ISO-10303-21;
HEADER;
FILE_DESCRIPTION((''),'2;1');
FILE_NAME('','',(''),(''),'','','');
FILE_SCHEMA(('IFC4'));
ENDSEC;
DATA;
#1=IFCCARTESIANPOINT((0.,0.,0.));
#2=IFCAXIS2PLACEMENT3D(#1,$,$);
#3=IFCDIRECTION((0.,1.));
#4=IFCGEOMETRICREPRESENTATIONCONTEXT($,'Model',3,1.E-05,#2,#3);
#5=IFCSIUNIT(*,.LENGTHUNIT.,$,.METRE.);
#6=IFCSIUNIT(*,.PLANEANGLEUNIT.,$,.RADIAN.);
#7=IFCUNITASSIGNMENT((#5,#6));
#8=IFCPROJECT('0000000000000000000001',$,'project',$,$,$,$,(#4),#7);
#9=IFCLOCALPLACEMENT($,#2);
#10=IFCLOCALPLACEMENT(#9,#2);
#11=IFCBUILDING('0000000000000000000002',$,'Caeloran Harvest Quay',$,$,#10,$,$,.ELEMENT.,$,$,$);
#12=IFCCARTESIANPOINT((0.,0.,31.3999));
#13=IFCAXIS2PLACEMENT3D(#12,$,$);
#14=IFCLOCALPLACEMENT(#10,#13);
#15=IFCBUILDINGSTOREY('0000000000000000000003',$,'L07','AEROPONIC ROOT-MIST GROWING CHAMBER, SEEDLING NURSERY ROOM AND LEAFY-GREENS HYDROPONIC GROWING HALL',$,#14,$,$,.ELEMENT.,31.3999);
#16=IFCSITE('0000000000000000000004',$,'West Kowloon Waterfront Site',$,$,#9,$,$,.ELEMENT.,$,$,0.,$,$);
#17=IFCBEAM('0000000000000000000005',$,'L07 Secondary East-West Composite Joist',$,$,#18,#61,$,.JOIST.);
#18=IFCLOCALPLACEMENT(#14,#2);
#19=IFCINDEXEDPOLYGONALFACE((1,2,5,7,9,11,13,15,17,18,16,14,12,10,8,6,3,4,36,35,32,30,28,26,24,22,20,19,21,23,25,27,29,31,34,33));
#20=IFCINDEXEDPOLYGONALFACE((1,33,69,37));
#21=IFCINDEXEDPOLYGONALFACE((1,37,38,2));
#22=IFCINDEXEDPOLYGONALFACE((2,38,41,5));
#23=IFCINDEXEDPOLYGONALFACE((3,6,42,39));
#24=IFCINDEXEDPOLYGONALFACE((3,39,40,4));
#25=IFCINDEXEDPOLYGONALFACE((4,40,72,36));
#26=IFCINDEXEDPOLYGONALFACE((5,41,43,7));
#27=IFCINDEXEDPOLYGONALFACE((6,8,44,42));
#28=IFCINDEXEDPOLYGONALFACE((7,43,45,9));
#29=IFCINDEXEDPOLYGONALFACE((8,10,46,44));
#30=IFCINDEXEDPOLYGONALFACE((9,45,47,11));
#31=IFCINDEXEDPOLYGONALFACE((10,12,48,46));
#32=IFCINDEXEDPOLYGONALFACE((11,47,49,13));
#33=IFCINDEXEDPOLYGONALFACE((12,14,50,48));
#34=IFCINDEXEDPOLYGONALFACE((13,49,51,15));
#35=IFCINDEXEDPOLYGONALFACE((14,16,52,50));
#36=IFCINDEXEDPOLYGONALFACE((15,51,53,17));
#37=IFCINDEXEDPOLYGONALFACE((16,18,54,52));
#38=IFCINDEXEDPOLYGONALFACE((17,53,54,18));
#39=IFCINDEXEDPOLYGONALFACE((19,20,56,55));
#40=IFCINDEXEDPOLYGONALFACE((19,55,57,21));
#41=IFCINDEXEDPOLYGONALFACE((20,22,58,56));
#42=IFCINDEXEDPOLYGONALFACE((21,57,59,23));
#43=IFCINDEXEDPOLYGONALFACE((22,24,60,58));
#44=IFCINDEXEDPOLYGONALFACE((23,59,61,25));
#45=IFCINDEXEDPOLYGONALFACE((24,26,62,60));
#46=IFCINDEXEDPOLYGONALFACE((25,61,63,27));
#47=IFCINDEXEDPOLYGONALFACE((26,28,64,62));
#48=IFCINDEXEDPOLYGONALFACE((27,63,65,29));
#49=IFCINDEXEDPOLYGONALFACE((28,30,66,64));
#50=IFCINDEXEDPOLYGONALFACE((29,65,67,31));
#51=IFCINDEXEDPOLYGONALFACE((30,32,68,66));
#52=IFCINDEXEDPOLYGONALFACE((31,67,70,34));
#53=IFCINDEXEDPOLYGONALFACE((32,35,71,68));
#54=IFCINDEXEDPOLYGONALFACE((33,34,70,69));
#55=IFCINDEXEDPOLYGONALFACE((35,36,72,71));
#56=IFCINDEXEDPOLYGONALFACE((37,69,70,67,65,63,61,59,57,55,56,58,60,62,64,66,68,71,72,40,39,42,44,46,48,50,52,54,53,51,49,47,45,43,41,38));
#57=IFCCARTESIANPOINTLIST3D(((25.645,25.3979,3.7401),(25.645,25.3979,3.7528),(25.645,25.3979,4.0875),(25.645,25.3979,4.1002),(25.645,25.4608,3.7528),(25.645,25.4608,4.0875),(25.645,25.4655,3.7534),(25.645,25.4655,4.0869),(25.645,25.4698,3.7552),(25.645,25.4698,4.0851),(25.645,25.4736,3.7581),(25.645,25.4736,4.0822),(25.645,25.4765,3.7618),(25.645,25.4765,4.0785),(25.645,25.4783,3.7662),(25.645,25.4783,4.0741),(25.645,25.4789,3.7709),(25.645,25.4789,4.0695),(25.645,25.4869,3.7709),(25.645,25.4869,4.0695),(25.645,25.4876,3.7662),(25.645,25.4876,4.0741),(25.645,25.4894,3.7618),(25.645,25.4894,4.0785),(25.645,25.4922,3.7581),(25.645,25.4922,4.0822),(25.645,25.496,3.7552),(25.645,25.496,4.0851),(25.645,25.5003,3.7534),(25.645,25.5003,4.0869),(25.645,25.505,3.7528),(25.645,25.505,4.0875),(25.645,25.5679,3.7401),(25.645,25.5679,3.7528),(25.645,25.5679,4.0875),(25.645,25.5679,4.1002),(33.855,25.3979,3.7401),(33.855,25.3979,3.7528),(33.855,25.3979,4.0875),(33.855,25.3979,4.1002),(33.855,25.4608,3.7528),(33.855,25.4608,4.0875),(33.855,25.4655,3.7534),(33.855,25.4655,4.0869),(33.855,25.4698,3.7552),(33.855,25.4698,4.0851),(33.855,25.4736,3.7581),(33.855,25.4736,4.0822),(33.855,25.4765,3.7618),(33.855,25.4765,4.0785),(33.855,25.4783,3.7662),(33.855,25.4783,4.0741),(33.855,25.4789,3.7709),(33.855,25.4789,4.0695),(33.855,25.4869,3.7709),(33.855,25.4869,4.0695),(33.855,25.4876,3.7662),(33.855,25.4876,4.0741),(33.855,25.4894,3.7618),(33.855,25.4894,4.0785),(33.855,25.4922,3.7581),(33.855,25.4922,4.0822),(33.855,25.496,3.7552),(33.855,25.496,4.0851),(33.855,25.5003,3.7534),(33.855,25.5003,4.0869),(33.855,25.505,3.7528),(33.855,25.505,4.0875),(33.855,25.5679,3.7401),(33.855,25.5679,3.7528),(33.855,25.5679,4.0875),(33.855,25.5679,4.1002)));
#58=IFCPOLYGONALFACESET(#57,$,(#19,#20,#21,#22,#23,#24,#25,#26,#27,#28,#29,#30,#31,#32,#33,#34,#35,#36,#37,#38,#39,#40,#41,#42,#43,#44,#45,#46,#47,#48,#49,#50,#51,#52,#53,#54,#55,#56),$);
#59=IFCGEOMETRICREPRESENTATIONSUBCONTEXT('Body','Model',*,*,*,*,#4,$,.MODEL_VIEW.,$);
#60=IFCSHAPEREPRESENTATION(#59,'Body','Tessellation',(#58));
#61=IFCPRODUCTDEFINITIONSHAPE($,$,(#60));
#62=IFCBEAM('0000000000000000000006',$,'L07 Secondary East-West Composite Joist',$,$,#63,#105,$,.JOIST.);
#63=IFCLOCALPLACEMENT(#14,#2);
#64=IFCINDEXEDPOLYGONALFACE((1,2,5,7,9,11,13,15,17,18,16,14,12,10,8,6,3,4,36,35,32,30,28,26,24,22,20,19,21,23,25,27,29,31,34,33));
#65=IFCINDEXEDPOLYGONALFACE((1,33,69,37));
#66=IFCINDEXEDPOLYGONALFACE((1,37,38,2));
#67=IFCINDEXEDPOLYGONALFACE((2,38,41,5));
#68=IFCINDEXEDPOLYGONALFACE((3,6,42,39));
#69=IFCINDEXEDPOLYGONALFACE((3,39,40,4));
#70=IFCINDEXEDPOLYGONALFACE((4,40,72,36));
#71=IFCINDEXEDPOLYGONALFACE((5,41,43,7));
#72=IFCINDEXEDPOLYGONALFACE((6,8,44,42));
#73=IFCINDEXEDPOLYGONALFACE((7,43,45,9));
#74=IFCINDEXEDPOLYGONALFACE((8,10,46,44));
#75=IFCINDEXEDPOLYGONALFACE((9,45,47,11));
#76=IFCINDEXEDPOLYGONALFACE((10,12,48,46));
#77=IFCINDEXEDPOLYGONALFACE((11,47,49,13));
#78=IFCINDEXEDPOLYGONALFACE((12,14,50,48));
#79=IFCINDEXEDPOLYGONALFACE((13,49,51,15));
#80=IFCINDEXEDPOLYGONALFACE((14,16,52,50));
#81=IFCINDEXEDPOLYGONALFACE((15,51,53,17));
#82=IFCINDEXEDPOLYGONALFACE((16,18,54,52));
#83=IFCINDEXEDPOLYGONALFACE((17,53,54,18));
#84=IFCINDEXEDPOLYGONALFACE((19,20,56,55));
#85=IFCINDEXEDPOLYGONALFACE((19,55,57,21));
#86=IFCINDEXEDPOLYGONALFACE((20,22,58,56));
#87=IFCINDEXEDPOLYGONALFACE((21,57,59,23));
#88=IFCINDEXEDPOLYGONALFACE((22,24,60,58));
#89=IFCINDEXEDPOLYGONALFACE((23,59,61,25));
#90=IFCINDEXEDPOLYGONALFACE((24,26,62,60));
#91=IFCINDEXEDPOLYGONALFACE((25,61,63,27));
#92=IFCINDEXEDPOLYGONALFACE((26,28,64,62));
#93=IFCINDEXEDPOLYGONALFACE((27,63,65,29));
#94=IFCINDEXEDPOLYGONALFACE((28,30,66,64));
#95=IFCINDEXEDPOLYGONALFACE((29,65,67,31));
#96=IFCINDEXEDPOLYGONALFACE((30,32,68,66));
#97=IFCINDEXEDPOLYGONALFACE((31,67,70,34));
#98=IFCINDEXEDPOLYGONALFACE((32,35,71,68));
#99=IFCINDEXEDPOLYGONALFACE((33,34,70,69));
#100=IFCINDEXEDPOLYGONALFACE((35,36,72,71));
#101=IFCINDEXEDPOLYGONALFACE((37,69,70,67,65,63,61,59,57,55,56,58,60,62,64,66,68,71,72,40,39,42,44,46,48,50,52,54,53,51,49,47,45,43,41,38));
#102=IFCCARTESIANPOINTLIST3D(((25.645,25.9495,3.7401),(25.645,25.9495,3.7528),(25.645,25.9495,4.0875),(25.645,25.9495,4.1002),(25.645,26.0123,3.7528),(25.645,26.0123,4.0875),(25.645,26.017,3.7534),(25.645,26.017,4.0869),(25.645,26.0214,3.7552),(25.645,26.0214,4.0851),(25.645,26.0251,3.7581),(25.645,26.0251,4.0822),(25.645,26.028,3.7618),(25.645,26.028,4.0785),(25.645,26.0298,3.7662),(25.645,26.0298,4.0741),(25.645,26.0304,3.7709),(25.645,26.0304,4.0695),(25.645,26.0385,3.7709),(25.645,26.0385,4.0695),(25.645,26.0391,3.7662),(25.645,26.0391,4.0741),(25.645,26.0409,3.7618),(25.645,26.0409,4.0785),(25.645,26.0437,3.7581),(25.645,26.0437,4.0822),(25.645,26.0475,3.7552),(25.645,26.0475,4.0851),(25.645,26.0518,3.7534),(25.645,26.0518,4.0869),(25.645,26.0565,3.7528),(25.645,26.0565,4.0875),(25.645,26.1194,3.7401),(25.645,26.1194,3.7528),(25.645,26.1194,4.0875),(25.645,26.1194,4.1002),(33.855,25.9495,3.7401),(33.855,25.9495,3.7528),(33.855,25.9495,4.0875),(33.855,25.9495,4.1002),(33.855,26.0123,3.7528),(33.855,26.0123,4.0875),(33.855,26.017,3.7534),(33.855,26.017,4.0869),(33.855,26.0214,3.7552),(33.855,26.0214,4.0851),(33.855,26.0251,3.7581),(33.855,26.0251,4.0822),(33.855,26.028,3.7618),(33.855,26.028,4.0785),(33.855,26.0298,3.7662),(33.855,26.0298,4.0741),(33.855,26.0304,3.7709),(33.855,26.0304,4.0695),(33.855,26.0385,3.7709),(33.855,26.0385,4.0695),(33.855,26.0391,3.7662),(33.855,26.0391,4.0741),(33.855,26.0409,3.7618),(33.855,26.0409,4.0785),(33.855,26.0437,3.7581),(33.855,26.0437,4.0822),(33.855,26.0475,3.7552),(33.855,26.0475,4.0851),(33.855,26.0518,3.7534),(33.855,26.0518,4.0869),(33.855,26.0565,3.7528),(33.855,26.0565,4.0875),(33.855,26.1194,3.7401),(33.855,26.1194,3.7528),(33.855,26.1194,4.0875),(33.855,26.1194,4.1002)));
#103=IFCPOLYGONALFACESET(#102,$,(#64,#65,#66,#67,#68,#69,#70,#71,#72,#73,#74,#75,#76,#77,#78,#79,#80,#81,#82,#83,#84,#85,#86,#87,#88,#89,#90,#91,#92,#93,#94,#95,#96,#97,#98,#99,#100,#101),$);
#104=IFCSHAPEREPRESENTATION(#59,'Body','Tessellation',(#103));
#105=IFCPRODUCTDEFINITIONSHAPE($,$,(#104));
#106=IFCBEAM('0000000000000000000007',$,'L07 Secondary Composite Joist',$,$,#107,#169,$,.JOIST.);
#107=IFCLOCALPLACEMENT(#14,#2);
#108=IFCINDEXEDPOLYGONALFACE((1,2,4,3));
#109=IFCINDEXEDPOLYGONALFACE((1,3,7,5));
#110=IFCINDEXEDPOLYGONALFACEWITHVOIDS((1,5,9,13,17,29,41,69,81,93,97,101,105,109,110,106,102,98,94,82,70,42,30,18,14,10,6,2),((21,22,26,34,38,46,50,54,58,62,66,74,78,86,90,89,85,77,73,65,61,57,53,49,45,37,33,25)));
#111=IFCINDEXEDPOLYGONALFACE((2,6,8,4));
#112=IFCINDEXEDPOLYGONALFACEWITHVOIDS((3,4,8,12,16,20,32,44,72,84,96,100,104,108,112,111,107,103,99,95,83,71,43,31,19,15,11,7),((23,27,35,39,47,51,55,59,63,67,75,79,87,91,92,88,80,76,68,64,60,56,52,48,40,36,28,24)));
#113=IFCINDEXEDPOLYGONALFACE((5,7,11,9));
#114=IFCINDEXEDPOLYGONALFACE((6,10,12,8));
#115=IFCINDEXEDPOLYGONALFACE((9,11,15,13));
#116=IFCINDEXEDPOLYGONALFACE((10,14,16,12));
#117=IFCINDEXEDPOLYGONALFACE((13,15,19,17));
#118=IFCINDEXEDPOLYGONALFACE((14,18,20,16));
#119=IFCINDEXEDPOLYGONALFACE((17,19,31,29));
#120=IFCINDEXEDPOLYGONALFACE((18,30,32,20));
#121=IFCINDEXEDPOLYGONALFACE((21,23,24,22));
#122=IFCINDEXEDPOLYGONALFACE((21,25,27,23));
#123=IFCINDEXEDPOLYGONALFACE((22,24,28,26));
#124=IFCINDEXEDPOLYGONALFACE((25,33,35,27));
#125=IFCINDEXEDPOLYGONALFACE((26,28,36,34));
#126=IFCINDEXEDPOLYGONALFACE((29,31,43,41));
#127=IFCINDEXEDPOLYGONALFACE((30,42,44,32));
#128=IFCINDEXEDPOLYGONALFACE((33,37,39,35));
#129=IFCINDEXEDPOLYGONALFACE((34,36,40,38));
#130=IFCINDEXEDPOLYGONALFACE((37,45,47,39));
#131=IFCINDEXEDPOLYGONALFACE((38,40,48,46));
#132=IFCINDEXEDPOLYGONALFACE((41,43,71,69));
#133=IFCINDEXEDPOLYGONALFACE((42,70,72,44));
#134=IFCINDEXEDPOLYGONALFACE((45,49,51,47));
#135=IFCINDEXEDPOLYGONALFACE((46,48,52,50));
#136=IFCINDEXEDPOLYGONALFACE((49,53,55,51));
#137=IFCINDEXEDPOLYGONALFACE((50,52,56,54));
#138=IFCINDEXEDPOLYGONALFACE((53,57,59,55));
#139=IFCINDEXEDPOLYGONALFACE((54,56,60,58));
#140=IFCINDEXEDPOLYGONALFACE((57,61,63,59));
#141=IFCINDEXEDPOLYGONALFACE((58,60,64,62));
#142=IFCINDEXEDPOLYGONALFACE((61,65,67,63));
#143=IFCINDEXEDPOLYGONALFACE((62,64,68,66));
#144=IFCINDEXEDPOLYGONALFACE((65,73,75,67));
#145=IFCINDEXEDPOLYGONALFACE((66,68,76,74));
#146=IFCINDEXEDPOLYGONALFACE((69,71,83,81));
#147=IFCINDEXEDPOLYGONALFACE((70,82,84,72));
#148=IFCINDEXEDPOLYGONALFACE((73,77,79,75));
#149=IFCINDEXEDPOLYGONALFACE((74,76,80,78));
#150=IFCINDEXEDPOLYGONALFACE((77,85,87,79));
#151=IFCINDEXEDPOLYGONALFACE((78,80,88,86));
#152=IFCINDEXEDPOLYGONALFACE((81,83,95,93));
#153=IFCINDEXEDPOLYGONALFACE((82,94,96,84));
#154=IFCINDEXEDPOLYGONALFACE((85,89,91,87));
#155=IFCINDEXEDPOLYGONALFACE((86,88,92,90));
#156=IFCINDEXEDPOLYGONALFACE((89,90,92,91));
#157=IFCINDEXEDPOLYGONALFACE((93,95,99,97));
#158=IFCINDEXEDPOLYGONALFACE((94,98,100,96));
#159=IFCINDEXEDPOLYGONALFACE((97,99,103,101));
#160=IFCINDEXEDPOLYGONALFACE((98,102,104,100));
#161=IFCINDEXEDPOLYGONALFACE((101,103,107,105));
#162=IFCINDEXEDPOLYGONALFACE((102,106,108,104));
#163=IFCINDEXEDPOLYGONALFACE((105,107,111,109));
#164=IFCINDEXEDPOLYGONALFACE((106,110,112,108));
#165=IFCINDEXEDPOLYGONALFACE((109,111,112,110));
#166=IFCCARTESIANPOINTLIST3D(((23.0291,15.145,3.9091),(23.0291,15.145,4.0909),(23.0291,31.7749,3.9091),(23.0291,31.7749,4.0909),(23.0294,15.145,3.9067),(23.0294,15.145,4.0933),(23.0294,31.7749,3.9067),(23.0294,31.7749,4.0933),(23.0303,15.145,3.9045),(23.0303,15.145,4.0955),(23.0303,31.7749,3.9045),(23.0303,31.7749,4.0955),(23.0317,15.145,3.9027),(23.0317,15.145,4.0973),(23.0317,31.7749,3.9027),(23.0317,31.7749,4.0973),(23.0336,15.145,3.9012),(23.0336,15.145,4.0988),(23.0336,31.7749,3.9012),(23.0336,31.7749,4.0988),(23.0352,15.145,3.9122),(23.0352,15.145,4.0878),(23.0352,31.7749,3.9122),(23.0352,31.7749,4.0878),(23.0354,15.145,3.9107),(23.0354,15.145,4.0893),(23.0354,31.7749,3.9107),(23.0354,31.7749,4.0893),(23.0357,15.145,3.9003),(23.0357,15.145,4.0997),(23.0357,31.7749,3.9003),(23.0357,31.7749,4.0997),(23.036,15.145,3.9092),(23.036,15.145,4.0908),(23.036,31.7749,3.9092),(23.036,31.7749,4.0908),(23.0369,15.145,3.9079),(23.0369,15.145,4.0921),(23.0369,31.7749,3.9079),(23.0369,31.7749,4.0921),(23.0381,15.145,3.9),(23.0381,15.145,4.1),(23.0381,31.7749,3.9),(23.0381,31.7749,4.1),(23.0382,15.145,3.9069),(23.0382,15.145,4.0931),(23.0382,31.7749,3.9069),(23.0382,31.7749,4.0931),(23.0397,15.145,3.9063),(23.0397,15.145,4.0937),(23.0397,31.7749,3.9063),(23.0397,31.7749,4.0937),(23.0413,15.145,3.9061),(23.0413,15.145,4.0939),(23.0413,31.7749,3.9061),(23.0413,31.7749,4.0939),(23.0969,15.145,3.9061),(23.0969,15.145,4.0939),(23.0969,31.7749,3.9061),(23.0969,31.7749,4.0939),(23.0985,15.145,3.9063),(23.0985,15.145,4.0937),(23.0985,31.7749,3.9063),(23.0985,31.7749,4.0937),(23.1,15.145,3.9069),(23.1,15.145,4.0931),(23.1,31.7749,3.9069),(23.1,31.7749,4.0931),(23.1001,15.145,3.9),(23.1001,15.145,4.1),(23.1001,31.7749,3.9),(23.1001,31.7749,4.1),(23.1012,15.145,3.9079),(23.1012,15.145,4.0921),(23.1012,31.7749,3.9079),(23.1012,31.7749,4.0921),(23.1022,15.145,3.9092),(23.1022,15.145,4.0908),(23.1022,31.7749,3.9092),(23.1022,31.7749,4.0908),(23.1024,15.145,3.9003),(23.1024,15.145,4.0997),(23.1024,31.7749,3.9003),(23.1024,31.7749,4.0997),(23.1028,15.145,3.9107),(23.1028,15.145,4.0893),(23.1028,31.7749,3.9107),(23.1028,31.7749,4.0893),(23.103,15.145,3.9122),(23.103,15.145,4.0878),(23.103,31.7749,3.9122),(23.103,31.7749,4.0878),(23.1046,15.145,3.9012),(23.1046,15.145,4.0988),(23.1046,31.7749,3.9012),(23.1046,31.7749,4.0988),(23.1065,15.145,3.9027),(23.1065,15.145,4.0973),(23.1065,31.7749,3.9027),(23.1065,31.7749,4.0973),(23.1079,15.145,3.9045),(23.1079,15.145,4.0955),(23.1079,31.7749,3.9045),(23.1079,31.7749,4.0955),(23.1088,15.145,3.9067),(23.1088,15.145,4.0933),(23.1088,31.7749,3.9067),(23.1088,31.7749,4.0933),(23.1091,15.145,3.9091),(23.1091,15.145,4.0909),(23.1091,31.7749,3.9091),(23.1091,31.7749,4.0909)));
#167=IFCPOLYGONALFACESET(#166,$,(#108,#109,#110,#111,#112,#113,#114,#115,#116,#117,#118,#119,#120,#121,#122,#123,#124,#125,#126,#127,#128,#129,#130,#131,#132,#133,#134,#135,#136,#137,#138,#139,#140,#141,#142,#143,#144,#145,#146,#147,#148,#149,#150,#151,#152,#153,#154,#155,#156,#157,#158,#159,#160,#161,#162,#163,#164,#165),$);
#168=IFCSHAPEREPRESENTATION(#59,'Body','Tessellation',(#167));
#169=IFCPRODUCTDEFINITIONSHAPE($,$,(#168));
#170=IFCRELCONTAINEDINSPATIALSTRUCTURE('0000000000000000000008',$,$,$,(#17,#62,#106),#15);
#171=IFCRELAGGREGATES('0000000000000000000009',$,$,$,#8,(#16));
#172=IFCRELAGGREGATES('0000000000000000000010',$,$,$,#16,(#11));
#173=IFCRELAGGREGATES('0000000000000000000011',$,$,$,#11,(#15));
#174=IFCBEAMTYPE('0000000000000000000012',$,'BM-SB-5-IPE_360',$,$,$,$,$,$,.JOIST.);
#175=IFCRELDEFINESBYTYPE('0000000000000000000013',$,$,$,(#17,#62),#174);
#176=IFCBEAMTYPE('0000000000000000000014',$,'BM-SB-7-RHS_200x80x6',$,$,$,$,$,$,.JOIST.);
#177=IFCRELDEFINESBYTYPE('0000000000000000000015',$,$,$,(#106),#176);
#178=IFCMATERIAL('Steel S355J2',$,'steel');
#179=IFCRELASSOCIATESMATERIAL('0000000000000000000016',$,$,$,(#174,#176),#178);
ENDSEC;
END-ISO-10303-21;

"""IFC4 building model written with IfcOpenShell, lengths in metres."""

from ifc_helpers import new_model, si_unit, direction, frame, origin, origin_2d, place, context, subcontext, project, spatial, hollow_rectangle, i_section, extrude, material, material_profile, profile_set, type_object, element, save


model = new_model("IFC4")

# Units and contexts
model_context = context("Model", 3, precision=1e-05, world=origin(), true_north=direction((0.0, 1.0)))
body_context = subcontext(model_context, "Body", "Model", "MODEL_VIEW")
ifc_project = project(units=[si_unit("LENGTHUNIT", "METRE"), si_unit("PLANEANGLEUNIT", "RADIAN")], contexts=[model_context])

# Site, building, storey
site_placement = place(None, origin())
site = spatial("IfcSite", under=ifc_project, at=site_placement, Name="West Kowloon Waterfront Site", CompositionType="ELEMENT", RefElevation=0.0)
building_placement = place(site_placement, origin())
building = spatial("IfcBuilding", under=site, at=building_placement, Name="Caeloran Harvest Quay", CompositionType="ELEMENT")
storey_placement = place(building_placement, frame((0.0, 0.0, 31.3999)))
storey = spatial("IfcBuildingStorey", under=building, at=storey_placement, Name="L07", Description="AEROPONIC ROOT-MIST GROWING CHAMBER, SEEDLING NURSERY ROOM AND LEAFY-GREENS HYDROPONIC GROWING HALL", CompositionType="ELEMENT", Elevation=31.3999)

# Beams
ifc_material_1 = material(Name="Steel S355J2", Category="steel")
ifc_material_profile_1 = material_profile(ifc_material_1, i_section(OverallWidth=0.1699, OverallDepth=0.3601, WebThickness=0.0081, FlangeThickness=0.0127, FilletRadius=0.0181, at=origin_2d()), Name="IPE 360")
ifc_profile_set_1 = profile_set([ifc_material_profile_1], Name="Steel S355J2")
beam_type_1 = type_object("IfcBeamType", Name="BM-SB-5-IPE_360", PredefinedType="JOIST", material=ifc_profile_set_1)
for number, where, z_axis, x_axis, name in (
    (1, (25.645, 25.4829, 3.9202), (1.0, 0.0, 0.0), (0.0, 1.0, 0.0), "L07 Secondary East-West Composite Joist"),
    (2, (25.645, 26.0344, 3.9202), (1.0, 0.0, 0.0), (0.0, 1.0, 0.0), "L07 Secondary East-West Composite Joist"),
):
    element("IfcBeam", number, at=place(storey_placement, frame(where, z_axis=z_axis, x_axis=x_axis)), inside=storey, type_object=beam_type_1, Name=name, PredefinedType="JOIST", context=body_context, shape_type="SweptSolid", body=[
        extrude(i_section(OverallWidth=0.1699, OverallDepth=0.3601, WebThickness=0.0081, FlangeThickness=0.0127, FilletRadius=0.0181, at=origin_2d()), origin(), (0.0, 0.0, 1.0), 8.21),
    ])
ifc_material_profile_2 = material_profile(ifc_material_1, hollow_rectangle(XDim=0.0801, YDim=0.2, WallThickness=0.0061, InnerFilletRadius=0.0061, OuterFilletRadius=0.009, at=origin_2d()), Name="RHS 200x80x6")
ifc_profile_set_2 = profile_set([ifc_material_profile_2], Name="Steel S355J2")
beam_type_2 = type_object("IfcBeamType", Name="BM-SB-7-RHS_200x80x6", PredefinedType="JOIST", material=ifc_profile_set_2)
for number, where, z_axis, x_axis, name in (
    (3, (23.0691, 15.145, 4.0), (0.0, 1.0, 0.0), (-1.0, 0.0, 0.0), "L07 Secondary Composite Joist"),
):
    element("IfcBeam", number, at=place(storey_placement, frame(where, z_axis=z_axis, x_axis=x_axis)), inside=storey, type_object=beam_type_2, Name=name, PredefinedType="JOIST", context=body_context, shape_type="SweptSolid", body=[
        extrude(hollow_rectangle(XDim=0.0801, YDim=0.2, WallThickness=0.0061, InnerFilletRadius=0.0061, OuterFilletRadius=0.009, at=origin_2d()), origin(), (0.0, 0.0, 1.0), 16.6299),
    ])

save(model, "model.ifc")
